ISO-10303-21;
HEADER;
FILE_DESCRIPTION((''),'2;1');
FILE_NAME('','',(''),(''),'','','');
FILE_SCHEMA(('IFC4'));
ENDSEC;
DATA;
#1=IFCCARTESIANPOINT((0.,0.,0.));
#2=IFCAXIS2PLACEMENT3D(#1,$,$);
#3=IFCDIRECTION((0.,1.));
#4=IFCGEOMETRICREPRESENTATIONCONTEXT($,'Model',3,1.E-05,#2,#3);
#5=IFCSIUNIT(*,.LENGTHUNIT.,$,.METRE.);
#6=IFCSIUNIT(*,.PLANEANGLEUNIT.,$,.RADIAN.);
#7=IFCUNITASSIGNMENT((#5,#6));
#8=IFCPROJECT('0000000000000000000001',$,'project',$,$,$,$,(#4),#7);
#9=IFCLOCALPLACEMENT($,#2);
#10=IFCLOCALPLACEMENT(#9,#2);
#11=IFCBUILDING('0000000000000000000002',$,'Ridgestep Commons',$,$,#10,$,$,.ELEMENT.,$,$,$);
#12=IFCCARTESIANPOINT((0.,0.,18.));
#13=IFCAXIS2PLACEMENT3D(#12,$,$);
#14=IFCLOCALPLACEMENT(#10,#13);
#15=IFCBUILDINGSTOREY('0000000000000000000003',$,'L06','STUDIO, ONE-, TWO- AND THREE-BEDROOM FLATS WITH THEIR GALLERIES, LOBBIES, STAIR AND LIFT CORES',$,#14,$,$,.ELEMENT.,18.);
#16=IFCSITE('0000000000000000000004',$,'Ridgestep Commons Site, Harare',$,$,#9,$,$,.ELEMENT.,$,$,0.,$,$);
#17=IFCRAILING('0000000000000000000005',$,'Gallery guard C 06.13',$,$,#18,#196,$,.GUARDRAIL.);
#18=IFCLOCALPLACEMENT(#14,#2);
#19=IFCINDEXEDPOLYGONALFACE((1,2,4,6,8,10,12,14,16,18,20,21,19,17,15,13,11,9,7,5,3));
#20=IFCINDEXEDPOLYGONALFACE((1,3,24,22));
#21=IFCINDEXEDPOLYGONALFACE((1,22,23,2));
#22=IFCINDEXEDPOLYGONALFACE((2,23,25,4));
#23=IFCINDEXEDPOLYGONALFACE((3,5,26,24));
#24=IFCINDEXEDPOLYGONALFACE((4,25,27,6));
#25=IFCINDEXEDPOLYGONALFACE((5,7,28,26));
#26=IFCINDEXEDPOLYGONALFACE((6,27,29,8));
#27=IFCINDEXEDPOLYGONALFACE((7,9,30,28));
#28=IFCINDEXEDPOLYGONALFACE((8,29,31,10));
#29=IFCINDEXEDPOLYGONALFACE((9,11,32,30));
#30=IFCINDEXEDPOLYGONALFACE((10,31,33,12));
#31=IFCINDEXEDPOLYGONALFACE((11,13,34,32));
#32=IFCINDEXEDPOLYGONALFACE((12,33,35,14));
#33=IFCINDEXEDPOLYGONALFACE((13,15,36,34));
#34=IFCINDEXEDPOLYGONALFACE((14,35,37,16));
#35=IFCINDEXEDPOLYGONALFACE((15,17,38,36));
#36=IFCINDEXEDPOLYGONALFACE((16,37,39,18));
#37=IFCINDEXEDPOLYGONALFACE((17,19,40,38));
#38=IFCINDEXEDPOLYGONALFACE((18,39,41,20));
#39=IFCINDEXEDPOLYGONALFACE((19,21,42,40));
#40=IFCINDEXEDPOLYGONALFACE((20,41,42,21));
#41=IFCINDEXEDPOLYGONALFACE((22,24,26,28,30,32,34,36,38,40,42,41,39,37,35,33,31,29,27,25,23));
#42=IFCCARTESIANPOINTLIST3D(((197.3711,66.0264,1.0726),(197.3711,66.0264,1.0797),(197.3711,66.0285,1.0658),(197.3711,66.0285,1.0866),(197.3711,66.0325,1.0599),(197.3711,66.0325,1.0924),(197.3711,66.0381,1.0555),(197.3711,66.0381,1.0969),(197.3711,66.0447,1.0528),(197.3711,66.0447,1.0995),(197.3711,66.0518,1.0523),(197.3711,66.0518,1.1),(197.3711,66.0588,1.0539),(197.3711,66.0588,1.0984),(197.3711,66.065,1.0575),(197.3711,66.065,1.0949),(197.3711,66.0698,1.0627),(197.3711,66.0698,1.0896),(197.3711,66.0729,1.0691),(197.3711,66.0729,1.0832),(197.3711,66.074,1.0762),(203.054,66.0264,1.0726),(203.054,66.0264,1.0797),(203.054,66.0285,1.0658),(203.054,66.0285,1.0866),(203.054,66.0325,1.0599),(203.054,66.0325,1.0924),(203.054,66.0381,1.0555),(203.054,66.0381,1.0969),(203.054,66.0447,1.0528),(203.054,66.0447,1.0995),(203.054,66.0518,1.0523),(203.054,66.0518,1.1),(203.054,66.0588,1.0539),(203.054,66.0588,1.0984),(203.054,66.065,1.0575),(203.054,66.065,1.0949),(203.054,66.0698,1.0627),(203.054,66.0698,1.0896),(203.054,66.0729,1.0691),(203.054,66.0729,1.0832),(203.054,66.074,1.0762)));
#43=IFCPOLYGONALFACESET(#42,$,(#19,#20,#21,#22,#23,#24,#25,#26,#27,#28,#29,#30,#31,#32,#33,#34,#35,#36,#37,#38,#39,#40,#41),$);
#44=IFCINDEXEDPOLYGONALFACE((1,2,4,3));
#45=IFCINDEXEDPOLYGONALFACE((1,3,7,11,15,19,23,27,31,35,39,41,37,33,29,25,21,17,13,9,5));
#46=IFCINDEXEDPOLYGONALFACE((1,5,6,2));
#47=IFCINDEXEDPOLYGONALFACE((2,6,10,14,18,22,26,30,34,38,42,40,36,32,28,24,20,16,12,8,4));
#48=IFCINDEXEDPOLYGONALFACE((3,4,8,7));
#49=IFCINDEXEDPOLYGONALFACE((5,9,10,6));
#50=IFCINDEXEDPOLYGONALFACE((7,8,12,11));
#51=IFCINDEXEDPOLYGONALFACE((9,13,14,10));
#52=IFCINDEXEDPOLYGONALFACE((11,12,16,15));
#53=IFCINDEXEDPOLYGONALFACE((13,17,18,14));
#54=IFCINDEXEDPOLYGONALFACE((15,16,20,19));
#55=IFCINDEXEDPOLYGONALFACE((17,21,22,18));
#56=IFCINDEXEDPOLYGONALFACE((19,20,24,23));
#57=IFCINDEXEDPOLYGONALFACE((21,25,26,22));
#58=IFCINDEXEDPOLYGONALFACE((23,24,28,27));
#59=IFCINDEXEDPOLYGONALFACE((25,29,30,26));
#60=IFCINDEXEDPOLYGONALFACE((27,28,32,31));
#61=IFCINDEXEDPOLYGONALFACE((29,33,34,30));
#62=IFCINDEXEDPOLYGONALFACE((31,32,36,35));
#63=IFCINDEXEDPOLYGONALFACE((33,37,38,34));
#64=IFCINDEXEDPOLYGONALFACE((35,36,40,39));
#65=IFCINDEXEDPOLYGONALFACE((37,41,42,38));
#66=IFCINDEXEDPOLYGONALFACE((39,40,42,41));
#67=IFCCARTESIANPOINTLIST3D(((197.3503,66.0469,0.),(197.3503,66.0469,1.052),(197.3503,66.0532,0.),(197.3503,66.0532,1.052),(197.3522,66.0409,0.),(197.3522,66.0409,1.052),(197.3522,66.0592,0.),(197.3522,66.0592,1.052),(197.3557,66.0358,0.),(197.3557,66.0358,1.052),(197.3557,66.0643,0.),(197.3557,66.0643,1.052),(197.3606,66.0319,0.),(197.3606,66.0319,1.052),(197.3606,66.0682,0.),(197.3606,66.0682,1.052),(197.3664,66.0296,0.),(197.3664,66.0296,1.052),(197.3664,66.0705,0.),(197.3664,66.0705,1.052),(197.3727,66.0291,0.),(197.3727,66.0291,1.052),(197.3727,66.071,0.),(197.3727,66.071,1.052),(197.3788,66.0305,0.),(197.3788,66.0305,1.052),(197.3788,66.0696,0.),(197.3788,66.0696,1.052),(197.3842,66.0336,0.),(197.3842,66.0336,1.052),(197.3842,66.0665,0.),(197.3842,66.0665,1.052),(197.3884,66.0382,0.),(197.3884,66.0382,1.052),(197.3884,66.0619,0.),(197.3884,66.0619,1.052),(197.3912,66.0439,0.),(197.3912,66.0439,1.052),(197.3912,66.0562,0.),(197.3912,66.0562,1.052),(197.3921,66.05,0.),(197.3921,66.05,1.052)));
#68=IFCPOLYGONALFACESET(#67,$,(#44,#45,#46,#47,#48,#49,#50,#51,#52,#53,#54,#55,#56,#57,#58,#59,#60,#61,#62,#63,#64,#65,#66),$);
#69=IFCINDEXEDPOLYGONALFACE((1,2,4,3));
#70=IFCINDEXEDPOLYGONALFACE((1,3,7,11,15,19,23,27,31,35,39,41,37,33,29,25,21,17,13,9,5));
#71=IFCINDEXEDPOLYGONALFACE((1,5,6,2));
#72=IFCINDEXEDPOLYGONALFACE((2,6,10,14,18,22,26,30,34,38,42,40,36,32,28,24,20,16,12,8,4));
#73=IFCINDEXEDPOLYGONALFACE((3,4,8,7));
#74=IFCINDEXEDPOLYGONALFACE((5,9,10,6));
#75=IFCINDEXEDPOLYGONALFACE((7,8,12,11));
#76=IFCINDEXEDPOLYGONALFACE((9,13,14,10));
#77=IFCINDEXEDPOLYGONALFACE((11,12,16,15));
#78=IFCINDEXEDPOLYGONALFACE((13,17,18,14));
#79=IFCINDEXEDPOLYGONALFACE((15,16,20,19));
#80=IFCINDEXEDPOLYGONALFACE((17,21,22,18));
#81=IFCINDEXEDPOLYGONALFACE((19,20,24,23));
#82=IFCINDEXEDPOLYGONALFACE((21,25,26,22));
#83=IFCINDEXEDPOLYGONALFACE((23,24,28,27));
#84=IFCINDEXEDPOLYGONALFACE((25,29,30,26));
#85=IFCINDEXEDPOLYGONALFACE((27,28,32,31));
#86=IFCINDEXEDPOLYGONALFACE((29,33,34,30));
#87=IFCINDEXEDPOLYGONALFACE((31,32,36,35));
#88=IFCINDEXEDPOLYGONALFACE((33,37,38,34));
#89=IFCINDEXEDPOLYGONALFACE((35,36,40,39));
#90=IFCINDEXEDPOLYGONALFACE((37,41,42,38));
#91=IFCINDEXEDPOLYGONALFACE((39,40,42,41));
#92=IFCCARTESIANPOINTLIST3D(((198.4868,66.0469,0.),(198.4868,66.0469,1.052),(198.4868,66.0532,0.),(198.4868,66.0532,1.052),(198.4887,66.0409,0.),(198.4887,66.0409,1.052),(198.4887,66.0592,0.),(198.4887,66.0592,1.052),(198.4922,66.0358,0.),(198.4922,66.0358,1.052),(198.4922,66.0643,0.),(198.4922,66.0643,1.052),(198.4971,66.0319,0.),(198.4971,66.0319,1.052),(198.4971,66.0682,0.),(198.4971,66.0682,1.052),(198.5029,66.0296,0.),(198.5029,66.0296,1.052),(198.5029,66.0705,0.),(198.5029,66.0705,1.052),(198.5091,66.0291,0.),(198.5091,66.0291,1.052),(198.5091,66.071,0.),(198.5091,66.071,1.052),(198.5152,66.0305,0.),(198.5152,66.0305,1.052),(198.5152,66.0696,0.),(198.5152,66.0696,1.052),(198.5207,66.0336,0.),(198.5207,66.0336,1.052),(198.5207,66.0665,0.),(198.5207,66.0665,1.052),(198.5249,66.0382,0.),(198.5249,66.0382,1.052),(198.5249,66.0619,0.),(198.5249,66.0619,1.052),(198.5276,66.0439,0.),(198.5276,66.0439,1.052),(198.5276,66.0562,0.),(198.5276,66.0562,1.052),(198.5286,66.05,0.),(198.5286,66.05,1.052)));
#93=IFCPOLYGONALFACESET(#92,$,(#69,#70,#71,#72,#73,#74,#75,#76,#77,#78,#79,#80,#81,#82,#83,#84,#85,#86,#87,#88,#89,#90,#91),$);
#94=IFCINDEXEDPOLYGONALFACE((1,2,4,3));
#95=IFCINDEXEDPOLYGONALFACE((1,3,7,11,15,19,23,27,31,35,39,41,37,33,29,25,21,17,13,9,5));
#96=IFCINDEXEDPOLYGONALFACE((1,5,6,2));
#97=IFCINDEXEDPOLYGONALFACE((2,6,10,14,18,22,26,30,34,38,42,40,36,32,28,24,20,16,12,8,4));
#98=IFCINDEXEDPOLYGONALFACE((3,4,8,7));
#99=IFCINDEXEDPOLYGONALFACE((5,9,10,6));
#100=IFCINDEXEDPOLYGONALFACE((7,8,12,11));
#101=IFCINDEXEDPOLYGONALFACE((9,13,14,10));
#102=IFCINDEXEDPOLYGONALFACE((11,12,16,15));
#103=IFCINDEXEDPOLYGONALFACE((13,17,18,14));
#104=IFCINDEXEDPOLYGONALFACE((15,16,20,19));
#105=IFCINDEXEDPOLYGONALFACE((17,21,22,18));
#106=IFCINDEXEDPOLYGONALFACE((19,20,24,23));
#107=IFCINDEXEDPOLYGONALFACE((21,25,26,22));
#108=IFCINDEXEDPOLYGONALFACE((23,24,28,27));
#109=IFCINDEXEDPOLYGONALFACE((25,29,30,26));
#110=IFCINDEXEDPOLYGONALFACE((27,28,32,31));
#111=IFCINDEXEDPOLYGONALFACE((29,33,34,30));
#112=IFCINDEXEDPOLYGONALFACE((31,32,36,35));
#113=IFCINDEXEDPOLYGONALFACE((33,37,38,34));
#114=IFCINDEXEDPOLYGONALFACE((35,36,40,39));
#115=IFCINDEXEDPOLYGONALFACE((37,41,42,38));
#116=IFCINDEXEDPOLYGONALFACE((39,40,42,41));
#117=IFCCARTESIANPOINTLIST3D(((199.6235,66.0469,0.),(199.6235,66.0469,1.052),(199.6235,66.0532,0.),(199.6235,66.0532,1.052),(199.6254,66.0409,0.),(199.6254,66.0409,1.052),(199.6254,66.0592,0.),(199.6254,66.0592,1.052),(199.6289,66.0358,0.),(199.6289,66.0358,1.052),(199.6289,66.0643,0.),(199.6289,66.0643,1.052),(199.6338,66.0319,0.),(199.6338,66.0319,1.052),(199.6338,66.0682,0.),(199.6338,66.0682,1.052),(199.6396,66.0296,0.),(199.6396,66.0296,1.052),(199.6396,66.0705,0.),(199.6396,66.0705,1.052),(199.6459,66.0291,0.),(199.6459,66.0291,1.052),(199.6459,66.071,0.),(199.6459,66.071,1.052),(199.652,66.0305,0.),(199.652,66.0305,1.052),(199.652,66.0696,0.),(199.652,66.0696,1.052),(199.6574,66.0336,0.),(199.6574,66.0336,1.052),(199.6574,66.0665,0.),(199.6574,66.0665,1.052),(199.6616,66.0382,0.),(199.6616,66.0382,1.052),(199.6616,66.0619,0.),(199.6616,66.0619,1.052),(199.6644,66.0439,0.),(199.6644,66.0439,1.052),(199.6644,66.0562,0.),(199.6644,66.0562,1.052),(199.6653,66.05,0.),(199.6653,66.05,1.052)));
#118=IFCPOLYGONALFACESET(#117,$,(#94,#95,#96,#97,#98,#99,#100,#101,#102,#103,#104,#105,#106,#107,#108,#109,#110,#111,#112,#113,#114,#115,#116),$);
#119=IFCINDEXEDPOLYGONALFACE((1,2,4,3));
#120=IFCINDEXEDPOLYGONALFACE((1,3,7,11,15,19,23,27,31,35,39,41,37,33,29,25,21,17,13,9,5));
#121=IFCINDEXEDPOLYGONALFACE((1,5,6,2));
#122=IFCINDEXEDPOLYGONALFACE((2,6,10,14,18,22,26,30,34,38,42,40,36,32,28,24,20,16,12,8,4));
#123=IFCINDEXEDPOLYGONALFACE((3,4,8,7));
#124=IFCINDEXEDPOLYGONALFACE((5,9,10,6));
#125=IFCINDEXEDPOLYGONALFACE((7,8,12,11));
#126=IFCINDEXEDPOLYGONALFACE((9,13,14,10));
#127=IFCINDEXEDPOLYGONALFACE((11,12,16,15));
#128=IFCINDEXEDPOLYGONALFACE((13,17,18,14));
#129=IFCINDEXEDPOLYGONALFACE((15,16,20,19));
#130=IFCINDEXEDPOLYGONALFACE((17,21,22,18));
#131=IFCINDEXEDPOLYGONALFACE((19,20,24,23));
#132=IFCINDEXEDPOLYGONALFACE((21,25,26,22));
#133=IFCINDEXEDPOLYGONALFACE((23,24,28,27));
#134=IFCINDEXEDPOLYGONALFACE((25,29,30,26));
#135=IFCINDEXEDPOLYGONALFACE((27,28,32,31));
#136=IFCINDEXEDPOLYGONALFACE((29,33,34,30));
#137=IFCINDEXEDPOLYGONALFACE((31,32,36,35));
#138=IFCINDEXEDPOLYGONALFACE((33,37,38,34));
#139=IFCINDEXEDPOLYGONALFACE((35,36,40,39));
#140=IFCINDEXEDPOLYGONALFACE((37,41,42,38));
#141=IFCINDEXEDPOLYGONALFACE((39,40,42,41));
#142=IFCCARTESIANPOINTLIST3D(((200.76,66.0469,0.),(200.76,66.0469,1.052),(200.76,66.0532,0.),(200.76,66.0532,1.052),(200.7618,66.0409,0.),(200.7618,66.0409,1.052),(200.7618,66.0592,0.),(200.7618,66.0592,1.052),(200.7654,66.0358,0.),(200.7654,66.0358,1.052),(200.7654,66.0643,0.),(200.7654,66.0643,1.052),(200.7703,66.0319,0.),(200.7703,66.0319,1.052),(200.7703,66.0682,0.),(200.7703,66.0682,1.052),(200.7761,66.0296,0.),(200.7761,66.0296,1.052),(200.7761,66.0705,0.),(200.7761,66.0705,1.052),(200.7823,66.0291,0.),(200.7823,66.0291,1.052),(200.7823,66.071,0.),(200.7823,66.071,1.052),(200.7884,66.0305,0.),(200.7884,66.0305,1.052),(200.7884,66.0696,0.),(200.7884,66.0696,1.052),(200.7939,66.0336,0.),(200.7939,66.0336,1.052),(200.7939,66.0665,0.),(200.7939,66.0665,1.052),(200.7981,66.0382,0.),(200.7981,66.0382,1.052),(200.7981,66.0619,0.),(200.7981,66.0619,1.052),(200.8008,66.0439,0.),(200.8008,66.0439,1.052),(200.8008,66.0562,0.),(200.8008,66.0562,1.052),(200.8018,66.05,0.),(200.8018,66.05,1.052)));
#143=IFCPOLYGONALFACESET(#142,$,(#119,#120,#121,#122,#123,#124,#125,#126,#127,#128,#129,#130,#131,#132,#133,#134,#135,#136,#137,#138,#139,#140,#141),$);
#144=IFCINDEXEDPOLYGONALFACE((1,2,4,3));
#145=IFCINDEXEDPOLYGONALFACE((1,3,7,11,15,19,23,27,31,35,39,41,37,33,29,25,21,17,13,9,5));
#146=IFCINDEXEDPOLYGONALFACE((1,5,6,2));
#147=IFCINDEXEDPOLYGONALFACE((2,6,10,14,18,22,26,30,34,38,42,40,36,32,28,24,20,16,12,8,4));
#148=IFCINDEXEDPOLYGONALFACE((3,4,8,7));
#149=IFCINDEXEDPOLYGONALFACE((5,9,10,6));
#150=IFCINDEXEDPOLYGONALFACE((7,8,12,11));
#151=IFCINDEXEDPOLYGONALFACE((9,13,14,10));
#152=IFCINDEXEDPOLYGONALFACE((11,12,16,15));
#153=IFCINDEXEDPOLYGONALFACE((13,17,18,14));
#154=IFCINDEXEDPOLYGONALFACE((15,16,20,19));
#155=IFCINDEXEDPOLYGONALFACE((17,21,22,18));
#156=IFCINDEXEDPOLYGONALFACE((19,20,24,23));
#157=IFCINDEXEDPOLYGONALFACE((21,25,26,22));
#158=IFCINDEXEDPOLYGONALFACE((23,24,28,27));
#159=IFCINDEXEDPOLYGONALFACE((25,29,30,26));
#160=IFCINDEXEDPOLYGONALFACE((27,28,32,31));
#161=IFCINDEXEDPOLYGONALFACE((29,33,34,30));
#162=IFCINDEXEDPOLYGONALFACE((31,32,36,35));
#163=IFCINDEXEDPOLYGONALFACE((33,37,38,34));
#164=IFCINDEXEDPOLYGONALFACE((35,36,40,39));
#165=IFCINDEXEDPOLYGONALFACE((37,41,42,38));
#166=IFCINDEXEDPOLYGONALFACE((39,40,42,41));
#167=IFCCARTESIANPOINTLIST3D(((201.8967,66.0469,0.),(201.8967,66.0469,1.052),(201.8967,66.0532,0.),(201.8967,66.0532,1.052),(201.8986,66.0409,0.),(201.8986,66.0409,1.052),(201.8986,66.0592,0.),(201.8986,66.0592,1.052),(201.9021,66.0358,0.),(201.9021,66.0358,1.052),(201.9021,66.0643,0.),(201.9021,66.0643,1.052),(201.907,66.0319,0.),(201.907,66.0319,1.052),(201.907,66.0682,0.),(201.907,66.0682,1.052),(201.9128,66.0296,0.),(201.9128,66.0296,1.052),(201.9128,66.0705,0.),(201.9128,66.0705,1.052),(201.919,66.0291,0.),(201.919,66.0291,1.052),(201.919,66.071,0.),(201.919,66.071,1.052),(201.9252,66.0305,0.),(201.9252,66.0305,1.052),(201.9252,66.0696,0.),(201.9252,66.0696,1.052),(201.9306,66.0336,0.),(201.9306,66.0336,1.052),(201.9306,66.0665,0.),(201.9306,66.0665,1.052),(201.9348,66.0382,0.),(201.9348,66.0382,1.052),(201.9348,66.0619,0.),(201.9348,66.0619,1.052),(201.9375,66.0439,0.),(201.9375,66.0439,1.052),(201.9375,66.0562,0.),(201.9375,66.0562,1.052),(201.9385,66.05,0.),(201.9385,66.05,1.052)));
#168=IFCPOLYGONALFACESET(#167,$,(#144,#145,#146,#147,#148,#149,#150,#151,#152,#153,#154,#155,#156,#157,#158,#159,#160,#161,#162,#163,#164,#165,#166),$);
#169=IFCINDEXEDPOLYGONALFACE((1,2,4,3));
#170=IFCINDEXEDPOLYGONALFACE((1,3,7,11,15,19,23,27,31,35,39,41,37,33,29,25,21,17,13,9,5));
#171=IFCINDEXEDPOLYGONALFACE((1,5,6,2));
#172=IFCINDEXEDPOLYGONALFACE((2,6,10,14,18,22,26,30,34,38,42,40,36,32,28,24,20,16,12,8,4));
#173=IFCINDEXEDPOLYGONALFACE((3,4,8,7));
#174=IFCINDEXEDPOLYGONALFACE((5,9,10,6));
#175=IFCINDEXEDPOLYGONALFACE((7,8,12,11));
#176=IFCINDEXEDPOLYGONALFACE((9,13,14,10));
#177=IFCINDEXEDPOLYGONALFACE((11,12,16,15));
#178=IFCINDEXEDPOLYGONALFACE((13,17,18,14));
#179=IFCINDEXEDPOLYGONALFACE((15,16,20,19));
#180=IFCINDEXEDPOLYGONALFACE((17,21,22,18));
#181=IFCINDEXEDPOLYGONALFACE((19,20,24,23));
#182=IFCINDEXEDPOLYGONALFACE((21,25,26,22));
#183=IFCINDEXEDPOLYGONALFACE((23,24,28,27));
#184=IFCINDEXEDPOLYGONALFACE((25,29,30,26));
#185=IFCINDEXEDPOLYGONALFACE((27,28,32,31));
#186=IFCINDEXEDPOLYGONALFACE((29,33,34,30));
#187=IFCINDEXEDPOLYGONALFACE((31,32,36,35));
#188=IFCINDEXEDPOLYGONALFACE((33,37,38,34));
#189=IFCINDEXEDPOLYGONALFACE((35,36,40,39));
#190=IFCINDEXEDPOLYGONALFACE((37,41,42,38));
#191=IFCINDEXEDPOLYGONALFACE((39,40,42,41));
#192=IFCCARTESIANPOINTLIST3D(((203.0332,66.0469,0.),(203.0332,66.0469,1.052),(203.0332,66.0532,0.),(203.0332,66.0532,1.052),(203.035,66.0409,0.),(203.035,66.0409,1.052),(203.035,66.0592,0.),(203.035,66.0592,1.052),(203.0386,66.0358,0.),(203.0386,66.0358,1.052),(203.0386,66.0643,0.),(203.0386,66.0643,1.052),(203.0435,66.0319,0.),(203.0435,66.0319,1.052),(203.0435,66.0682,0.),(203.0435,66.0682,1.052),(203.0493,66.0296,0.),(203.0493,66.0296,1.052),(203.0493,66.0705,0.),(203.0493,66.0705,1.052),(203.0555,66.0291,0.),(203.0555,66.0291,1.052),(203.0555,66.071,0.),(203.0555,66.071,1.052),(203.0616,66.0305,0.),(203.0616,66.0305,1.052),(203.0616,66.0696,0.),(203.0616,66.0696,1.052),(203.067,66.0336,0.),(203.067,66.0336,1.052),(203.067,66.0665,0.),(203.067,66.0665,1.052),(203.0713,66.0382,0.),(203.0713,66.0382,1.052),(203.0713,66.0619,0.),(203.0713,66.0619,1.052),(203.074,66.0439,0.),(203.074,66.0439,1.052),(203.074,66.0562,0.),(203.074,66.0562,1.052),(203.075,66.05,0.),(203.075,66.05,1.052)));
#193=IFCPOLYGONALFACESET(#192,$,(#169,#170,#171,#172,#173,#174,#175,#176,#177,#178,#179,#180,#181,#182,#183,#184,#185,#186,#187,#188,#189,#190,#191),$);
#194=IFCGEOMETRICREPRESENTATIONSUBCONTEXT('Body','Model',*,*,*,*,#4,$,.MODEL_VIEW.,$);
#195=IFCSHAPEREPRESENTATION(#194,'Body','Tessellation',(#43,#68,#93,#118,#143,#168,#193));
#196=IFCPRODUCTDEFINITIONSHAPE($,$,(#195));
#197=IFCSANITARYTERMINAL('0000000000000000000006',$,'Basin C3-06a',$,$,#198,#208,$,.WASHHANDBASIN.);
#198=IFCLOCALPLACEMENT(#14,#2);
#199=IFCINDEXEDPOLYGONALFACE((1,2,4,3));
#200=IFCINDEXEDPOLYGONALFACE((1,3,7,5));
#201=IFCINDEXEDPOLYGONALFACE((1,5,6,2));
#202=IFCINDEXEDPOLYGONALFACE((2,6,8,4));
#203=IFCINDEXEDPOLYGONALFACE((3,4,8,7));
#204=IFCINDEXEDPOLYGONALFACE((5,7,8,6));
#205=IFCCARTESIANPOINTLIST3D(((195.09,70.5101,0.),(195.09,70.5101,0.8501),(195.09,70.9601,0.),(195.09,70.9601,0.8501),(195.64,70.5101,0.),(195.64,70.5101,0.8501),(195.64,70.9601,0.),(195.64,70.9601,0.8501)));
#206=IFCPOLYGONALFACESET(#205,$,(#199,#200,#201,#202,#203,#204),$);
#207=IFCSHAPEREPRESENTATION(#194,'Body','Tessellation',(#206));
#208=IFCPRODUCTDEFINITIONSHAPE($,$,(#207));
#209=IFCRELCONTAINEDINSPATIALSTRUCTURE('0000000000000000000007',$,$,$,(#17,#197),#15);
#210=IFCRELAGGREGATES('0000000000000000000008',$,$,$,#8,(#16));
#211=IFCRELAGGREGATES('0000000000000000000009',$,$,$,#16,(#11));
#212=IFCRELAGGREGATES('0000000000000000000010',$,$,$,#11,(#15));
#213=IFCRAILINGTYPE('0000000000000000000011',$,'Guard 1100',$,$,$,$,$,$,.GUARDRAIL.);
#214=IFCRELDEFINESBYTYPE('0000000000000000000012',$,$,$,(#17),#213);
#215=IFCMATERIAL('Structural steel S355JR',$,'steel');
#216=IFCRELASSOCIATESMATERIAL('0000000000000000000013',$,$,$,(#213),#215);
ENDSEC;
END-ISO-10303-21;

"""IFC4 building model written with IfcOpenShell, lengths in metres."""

from ifc_helpers import new_model, si_unit, direction, frame, origin, origin_2d, place, context, subcontext, project, spatial, rectangle, circle, extrude, material, type_object, element, save


model = new_model("IFC4")

# Units and contexts
model_context = context("Model", 3, precision=1e-05, world=origin(), true_north=direction((0.0, 1.0)))
body_context = subcontext(model_context, "Body", "Model", "MODEL_VIEW")
ifc_project = project(units=[si_unit("LENGTHUNIT", "METRE"), si_unit("PLANEANGLEUNIT", "RADIAN")], contexts=[model_context])

# Site, building, storey
site_placement = place(None, origin())
site = spatial("IfcSite", under=ifc_project, at=site_placement, Name="Ridgestep Commons Site, Harare", CompositionType="ELEMENT", RefElevation=0.0)
building_placement = place(site_placement, origin())
building = spatial("IfcBuilding", under=site, at=building_placement, Name="Ridgestep Commons", CompositionType="ELEMENT")
storey_placement = place(building_placement, frame((0.0, 0.0, 18.0)))
storey = spatial("IfcBuildingStorey", under=building, at=storey_placement, Name="L06", Description="STUDIO, ONE-, TWO- AND THREE-BEDROOM FLATS WITH THEIR GALLERIES, LOBBIES, STAIR AND LIFT CORES", CompositionType="ELEMENT", Elevation=18.0)

# Railing
ifc_material_1 = material(Name="Structural steel S355JR", Category="steel")
railing_type = type_object("IfcRailingType", Name="Guard 1100", PredefinedType="GUARDRAIL", material=ifc_material_1)
railing_1_placement = place(storey_placement, frame((197.3711, 66.05, 0.0)))
element("IfcRailing", 1, at=railing_1_placement, inside=storey, type_object=railing_type, Name="Gallery guard C 06.13", PredefinedType="GUARDRAIL", context=body_context, shape_type="SweptSolid", body=[
    extrude(circle(Radius=0.0239, at=origin_2d()), frame((0.0, 0.0, 1.0762), z_axis=(1.0, 0.0, 0.0), x_axis=(0.0, 1.0, 0.0)), (0.0, 0.0, 1.0), 5.6829),
    extrude(circle(Radius=0.021, at=origin_2d()), origin(), (0.0, 0.0, 1.0), 1.052),
    extrude(circle(Radius=0.021, at=origin_2d()), frame((1.1365, 0.0, 0.0)), (0.0, 0.0, 1.0), 1.052),
    extrude(circle(Radius=0.021, at=origin_2d()), frame((2.2732, 0.0, 0.0)), (0.0, 0.0, 1.0), 1.052),
    extrude(circle(Radius=0.021, at=origin_2d()), frame((3.4097, 0.0, 0.0)), (0.0, 0.0, 1.0), 1.052),
    extrude(circle(Radius=0.021, at=origin_2d()), frame((4.5464, 0.0, 0.0)), (0.0, 0.0, 1.0), 1.052),
    extrude(circle(Radius=0.021, at=origin_2d()), frame((5.6829, 0.0, 0.0)), (0.0, 0.0, 1.0), 1.052),
])

# Sanitary terminal
sanitary_terminal_1_placement = place(storey_placement, frame((195.365, 70.7351, 0.0), z_axis=(0.0, 0.0, 1.0), x_axis=(1.0, 0.0, 0.0)))
element("IfcSanitaryTerminal", 2, at=sanitary_terminal_1_placement, inside=storey, Name="Basin C3-06a", PredefinedType="WASHHANDBASIN", context=body_context, shape_type="SweptSolid", body=[
    extrude(rectangle(XDim=0.55, YDim=0.45, at=origin_2d()), origin(), (0.0, 0.0, 1.0), 0.8501),
])

save(model, "model.ifc")
